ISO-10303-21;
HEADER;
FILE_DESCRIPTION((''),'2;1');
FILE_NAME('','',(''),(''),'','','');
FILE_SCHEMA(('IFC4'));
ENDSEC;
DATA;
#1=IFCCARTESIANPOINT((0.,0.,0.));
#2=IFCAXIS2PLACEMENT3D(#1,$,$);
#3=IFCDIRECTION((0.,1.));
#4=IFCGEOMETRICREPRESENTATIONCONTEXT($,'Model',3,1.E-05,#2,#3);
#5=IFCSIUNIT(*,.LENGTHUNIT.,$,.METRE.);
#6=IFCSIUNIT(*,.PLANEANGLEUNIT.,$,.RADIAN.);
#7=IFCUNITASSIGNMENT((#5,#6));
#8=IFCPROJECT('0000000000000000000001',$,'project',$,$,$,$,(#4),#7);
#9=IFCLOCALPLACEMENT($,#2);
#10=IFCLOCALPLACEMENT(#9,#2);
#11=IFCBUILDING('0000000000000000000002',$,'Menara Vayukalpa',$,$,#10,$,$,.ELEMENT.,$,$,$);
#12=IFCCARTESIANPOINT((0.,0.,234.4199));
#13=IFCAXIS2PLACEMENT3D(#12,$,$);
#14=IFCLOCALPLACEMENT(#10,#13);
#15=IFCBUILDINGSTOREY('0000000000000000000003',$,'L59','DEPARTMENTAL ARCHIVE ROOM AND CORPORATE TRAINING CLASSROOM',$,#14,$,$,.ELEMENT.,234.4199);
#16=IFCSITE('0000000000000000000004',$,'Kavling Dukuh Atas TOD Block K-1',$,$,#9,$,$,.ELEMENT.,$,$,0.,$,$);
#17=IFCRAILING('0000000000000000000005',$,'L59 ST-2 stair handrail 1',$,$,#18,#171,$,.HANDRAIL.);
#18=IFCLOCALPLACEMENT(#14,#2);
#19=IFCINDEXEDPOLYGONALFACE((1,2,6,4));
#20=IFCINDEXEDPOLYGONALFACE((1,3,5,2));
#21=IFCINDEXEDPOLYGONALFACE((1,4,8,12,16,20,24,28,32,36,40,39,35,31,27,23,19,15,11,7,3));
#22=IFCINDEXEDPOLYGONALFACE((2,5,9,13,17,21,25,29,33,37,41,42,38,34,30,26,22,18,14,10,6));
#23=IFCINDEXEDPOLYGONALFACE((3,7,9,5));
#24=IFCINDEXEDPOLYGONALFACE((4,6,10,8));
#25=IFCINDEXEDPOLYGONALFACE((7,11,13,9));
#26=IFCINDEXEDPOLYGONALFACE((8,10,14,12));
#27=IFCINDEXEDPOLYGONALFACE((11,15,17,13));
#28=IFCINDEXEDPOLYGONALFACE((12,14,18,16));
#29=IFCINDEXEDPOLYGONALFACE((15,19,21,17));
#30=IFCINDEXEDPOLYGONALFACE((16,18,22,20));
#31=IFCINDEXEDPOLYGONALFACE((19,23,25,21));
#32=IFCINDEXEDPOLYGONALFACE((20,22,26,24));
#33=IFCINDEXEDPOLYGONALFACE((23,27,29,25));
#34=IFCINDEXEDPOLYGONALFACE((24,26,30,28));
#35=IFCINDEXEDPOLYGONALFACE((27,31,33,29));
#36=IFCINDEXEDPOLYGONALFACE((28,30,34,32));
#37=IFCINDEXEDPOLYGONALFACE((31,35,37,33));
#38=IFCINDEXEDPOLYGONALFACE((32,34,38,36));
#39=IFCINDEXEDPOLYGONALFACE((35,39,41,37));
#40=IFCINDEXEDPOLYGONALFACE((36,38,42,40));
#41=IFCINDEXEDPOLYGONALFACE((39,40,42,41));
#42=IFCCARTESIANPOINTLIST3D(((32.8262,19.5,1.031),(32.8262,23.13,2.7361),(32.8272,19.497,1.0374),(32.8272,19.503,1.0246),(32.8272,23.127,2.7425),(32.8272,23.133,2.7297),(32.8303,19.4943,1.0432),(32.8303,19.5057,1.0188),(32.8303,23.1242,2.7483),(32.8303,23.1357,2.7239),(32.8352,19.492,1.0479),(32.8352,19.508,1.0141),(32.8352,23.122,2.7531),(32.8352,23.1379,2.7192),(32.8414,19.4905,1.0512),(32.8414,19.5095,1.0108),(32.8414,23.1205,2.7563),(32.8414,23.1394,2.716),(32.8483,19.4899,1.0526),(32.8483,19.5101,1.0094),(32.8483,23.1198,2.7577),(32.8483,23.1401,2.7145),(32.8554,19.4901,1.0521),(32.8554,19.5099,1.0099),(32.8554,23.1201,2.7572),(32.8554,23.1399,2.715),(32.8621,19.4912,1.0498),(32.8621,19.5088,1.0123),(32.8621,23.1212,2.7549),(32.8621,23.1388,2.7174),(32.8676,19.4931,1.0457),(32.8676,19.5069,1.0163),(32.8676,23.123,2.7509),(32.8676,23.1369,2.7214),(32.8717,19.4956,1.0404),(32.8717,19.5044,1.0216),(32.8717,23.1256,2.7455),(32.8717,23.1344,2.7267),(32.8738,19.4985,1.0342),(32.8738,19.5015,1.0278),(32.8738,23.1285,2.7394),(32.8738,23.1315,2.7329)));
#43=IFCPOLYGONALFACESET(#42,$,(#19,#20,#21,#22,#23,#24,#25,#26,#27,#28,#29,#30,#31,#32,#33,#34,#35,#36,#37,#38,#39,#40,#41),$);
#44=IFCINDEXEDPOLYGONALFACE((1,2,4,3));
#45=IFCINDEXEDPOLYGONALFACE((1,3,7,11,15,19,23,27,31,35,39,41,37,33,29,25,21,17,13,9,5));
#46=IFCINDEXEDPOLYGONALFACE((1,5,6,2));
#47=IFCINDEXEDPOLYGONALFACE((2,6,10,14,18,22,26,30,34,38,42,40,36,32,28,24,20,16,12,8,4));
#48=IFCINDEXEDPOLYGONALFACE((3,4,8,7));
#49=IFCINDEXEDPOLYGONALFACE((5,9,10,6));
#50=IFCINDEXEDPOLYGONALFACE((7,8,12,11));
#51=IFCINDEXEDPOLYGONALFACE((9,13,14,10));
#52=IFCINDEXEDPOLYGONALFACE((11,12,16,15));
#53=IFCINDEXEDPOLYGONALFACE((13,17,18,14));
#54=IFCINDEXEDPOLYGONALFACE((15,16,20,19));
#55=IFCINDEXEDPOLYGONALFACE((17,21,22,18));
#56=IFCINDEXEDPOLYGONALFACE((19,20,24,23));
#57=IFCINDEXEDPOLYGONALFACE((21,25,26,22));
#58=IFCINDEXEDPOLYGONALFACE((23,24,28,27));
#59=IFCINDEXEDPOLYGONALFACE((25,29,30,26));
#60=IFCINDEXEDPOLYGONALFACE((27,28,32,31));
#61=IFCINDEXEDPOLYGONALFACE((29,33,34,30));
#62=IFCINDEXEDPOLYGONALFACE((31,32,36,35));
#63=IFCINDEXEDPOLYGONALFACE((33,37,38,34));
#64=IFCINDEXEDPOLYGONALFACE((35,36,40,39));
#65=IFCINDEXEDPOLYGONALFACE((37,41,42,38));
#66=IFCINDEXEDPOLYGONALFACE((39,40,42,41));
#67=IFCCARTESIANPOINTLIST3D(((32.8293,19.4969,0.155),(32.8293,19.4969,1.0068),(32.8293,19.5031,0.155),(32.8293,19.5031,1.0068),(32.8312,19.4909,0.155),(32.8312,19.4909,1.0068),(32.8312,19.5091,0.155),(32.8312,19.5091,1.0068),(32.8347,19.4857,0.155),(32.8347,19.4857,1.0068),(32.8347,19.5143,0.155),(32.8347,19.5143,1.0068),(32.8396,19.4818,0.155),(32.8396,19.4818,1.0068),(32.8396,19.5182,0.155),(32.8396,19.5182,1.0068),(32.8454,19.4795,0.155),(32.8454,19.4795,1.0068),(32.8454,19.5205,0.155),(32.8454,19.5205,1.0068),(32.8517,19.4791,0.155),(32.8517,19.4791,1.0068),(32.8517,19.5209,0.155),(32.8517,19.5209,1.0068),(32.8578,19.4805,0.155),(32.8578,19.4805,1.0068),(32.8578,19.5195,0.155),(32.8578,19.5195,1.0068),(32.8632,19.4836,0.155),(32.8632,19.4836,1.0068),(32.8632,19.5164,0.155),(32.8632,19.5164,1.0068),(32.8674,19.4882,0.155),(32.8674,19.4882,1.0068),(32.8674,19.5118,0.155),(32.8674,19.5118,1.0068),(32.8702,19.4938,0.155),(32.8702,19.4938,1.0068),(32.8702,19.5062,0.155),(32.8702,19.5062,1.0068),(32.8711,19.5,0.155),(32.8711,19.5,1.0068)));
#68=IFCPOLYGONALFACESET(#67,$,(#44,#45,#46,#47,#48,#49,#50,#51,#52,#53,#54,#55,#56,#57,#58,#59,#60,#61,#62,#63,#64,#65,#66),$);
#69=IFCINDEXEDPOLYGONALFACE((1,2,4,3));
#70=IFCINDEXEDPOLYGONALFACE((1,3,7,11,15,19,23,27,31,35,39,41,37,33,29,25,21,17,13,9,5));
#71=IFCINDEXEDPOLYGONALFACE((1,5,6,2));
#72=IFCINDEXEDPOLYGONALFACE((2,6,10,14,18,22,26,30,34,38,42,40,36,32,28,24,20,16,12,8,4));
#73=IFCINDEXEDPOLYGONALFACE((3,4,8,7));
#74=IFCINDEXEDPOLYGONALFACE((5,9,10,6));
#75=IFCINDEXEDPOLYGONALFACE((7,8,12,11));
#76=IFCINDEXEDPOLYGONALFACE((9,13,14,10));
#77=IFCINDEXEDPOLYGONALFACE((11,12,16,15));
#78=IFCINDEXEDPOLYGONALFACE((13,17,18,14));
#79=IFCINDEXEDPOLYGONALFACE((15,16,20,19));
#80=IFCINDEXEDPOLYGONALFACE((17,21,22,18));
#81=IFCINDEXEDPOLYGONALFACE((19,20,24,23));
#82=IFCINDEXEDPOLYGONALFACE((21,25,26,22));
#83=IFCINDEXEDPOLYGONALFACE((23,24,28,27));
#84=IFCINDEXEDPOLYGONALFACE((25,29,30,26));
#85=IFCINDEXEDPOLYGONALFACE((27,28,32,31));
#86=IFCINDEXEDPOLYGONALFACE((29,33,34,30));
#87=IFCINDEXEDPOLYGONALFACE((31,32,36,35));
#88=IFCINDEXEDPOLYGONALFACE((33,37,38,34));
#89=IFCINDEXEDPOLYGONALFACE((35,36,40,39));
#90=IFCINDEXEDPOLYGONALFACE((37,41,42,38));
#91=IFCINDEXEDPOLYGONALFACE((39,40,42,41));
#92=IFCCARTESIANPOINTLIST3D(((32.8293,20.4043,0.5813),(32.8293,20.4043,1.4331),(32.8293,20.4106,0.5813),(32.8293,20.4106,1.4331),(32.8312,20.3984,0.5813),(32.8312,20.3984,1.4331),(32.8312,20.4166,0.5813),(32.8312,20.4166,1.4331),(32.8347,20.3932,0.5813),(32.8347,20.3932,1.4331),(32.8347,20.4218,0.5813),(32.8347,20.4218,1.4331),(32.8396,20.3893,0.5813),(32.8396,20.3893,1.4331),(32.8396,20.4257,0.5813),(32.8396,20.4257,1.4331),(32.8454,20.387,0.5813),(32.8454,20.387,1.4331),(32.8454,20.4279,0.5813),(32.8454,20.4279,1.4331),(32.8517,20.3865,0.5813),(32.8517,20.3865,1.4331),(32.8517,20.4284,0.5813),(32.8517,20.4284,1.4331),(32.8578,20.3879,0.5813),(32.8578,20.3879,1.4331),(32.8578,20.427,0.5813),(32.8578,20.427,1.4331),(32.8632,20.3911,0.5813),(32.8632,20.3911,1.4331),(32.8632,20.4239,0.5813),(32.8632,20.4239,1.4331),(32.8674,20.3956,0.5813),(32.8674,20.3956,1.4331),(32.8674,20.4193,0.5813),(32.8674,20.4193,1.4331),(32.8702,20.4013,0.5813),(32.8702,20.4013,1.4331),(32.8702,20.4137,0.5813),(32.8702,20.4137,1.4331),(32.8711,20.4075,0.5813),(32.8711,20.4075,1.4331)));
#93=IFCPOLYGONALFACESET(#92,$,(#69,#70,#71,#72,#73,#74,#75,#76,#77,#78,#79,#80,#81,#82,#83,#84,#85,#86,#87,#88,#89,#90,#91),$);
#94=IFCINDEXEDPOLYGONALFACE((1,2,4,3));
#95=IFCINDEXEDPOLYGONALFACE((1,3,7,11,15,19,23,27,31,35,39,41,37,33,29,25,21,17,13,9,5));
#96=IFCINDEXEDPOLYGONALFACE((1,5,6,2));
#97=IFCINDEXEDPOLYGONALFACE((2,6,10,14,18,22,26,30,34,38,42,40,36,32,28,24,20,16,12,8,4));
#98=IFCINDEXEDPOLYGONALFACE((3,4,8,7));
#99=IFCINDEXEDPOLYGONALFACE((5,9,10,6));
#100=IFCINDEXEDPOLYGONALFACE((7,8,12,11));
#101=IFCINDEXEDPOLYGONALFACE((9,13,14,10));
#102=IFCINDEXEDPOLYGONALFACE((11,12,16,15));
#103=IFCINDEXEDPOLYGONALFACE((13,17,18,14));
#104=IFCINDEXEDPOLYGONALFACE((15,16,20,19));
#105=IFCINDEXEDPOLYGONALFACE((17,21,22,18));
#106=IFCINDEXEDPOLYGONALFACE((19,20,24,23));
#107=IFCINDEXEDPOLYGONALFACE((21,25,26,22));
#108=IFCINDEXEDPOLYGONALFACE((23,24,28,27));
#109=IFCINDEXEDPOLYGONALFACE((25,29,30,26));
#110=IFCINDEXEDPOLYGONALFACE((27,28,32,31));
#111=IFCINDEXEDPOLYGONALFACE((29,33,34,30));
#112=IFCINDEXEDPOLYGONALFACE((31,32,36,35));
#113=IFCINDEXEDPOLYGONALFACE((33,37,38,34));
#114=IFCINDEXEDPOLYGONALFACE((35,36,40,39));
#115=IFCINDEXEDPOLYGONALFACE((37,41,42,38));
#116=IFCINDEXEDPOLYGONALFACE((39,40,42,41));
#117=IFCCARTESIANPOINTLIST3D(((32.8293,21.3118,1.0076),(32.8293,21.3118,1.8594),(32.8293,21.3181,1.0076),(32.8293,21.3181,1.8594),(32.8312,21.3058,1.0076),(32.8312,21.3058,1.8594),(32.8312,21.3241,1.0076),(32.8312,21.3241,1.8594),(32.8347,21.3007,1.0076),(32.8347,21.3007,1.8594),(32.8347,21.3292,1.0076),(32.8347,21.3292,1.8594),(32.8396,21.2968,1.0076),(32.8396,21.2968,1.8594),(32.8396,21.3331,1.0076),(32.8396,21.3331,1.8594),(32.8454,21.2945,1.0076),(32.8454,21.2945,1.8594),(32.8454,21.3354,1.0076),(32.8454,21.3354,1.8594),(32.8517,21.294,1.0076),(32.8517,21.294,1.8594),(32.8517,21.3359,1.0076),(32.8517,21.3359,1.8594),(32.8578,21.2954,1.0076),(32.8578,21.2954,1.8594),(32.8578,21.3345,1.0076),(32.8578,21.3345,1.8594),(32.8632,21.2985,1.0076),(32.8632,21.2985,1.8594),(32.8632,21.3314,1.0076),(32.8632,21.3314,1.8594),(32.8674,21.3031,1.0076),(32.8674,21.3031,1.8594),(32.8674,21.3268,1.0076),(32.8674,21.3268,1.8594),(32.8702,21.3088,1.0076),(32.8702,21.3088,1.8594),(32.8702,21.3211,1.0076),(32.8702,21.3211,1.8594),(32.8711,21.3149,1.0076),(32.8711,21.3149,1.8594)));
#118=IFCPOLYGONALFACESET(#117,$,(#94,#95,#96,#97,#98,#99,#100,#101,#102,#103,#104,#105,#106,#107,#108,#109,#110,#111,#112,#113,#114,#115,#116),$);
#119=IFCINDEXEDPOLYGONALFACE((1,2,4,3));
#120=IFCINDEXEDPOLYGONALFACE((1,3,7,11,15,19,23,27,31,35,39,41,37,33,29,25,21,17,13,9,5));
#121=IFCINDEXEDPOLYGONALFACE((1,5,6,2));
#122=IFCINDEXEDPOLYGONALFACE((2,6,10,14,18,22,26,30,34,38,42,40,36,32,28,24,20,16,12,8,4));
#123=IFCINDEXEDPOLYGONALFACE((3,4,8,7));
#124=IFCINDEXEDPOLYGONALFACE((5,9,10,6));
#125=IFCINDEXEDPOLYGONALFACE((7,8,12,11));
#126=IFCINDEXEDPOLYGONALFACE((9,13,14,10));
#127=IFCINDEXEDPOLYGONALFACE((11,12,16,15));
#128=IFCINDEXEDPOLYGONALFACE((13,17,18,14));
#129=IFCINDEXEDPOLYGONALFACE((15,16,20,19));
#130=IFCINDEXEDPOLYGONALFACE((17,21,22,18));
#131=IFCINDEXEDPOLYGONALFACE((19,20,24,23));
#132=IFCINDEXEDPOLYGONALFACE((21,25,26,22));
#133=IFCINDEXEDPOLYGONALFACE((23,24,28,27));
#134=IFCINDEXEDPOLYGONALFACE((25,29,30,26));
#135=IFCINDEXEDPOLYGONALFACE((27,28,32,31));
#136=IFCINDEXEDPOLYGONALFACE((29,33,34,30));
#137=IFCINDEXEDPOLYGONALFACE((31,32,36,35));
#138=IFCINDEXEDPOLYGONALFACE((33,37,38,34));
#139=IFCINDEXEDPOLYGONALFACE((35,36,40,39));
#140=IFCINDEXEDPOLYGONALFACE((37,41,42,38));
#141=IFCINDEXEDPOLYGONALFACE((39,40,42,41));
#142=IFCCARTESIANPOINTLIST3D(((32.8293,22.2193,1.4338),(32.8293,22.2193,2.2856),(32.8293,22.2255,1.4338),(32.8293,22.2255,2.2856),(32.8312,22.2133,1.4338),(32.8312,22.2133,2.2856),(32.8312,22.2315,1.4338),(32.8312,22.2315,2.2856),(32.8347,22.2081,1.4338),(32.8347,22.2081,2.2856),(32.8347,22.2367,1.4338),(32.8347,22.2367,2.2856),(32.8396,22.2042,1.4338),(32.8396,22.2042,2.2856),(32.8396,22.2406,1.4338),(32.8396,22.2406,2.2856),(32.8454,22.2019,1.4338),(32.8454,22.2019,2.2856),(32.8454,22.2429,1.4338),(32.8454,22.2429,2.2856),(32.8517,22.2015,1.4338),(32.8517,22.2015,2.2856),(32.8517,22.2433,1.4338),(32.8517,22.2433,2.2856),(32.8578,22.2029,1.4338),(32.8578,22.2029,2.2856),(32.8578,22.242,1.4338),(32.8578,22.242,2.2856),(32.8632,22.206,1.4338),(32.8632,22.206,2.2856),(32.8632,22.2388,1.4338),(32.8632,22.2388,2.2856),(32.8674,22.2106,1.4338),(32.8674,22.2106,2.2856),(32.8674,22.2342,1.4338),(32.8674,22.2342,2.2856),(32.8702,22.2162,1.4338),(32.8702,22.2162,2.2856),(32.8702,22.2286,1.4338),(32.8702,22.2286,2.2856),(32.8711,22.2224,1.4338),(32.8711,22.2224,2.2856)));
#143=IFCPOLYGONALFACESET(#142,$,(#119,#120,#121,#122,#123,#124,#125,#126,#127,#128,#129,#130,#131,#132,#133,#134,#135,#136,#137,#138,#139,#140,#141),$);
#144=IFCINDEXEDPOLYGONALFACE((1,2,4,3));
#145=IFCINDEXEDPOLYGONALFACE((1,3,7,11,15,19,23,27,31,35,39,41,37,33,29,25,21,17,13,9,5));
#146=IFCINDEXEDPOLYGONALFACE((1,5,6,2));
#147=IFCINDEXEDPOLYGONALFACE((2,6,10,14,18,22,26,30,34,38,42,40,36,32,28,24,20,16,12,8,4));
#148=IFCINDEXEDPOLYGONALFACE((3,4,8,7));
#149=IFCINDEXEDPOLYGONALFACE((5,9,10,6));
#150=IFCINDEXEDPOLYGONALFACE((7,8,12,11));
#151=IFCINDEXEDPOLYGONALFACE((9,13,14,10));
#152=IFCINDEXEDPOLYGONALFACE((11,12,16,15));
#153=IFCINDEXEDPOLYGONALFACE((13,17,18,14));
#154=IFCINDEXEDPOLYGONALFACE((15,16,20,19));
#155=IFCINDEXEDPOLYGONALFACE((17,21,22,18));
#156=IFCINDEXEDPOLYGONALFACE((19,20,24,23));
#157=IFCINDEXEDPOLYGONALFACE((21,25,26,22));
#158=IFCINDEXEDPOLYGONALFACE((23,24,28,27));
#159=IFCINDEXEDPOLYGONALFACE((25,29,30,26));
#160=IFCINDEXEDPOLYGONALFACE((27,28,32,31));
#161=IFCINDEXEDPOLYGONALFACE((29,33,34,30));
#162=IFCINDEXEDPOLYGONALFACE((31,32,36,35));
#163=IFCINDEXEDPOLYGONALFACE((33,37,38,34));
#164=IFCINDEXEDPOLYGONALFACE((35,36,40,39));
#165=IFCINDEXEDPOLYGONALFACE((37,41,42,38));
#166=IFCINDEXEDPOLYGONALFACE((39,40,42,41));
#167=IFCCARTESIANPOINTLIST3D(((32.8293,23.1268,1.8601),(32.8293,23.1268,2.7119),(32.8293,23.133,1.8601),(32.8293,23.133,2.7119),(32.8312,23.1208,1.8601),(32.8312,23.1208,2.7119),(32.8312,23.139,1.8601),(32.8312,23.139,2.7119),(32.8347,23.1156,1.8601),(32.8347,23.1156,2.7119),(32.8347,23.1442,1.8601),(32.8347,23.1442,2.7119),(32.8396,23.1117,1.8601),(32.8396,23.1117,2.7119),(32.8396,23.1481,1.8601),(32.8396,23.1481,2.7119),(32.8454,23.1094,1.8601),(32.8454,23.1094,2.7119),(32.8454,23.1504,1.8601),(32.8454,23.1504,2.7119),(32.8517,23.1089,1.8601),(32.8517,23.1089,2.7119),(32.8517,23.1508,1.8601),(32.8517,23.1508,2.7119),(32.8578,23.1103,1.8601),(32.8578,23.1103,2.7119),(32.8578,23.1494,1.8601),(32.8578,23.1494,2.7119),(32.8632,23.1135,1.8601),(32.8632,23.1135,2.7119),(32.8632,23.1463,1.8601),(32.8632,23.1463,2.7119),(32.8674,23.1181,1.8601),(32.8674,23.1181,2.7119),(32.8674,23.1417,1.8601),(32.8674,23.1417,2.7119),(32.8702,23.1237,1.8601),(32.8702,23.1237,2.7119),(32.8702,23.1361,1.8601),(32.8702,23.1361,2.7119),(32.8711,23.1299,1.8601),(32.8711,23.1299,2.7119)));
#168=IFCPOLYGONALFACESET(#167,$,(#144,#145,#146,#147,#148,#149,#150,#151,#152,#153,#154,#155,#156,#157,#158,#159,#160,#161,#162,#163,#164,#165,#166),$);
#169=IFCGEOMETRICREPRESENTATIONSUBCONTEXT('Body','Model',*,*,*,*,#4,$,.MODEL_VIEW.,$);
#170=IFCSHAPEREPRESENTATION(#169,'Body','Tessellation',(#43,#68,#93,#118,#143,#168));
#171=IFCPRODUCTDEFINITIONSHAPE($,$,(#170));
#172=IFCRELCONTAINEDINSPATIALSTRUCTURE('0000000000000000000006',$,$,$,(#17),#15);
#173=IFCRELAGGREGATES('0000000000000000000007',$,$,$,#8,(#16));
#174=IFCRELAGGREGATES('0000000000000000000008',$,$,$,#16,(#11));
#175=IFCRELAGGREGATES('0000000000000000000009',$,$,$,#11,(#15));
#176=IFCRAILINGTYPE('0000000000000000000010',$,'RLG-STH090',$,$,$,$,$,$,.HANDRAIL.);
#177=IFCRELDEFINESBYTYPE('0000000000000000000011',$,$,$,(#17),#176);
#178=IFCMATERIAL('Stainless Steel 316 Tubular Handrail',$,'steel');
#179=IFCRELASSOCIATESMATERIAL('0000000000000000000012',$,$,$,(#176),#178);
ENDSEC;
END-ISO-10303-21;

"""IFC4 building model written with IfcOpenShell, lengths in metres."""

from ifc_helpers import new_model, si_unit, direction, frame, origin, origin_2d, place, context, subcontext, project, spatial, circle, extrude, material, type_object, element, save


model = new_model("IFC4")

# Units and contexts
model_context = context("Model", 3, precision=1e-05, world=origin(), true_north=direction((0.0, 1.0)))
body_context = subcontext(model_context, "Body", "Model", "MODEL_VIEW")
ifc_project = project(units=[si_unit("LENGTHUNIT", "METRE"), si_unit("PLANEANGLEUNIT", "RADIAN")], contexts=[model_context])

# Site, building, storey
site_placement = place(None, origin())
site = spatial("IfcSite", under=ifc_project, at=site_placement, Name="Kavling Dukuh Atas TOD Block K-1", CompositionType="ELEMENT", RefElevation=0.0)
building_placement = place(site_placement, origin())
building = spatial("IfcBuilding", under=site, at=building_placement, Name="Menara Vayukalpa", CompositionType="ELEMENT")
storey_placement = place(building_placement, frame((0.0, 0.0, 234.4199)))
storey = spatial("IfcBuildingStorey", under=building, at=storey_placement, Name="L59", Description="DEPARTMENTAL ARCHIVE ROOM AND CORPORATE TRAINING CLASSROOM", CompositionType="ELEMENT", Elevation=234.4199)

# Railing
ifc_material_1 = material(Name="Stainless Steel 316 Tubular Handrail", Category="steel")
railing_type_1 = type_object("IfcRailingType", Name="RLG-STH090", PredefinedType="HANDRAIL", material=ifc_material_1)
railing_1_placement = place(storey_placement, frame((32.8501, 19.5, 0.155)))
element("IfcRailing", 1, at=railing_1_placement, inside=storey, type_object=railing_type_1, Name="L59 ST-2 stair handrail 1", PredefinedType="HANDRAIL", context=body_context, shape_type="SweptSolid", body=[
    extrude(circle(Radius=0.0239, at=origin_2d()), frame((0.0, 0.0, 0.876), z_axis=(0.0, 0.905116, 0.425164), x_axis=(-1.0, 0.0, 0.0)), (0.0, 0.0, 1.0), 4.0105),
    extrude(circle(Radius=0.021, at=origin_2d()), origin(), (0.0, 0.0, 1.0), 0.8518),
    extrude(circle(Radius=0.021, at=origin_2d()), frame((0.0, 0.9075, 0.4263)), (0.0, 0.0, 1.0), 0.8518),
    extrude(circle(Radius=0.021, at=origin_2d()), frame((0.0, 1.8149, 0.8525)), (0.0, 0.0, 1.0), 0.8518),
    extrude(circle(Radius=0.021, at=origin_2d()), frame((0.0, 2.7224, 1.2788)), (0.0, 0.0, 1.0), 0.8518),
    extrude(circle(Radius=0.021, at=origin_2d()), frame((0.0, 3.6299, 1.7051)), (0.0, 0.0, 1.0), 0.8518),
])

save(model, "model.ifc")
